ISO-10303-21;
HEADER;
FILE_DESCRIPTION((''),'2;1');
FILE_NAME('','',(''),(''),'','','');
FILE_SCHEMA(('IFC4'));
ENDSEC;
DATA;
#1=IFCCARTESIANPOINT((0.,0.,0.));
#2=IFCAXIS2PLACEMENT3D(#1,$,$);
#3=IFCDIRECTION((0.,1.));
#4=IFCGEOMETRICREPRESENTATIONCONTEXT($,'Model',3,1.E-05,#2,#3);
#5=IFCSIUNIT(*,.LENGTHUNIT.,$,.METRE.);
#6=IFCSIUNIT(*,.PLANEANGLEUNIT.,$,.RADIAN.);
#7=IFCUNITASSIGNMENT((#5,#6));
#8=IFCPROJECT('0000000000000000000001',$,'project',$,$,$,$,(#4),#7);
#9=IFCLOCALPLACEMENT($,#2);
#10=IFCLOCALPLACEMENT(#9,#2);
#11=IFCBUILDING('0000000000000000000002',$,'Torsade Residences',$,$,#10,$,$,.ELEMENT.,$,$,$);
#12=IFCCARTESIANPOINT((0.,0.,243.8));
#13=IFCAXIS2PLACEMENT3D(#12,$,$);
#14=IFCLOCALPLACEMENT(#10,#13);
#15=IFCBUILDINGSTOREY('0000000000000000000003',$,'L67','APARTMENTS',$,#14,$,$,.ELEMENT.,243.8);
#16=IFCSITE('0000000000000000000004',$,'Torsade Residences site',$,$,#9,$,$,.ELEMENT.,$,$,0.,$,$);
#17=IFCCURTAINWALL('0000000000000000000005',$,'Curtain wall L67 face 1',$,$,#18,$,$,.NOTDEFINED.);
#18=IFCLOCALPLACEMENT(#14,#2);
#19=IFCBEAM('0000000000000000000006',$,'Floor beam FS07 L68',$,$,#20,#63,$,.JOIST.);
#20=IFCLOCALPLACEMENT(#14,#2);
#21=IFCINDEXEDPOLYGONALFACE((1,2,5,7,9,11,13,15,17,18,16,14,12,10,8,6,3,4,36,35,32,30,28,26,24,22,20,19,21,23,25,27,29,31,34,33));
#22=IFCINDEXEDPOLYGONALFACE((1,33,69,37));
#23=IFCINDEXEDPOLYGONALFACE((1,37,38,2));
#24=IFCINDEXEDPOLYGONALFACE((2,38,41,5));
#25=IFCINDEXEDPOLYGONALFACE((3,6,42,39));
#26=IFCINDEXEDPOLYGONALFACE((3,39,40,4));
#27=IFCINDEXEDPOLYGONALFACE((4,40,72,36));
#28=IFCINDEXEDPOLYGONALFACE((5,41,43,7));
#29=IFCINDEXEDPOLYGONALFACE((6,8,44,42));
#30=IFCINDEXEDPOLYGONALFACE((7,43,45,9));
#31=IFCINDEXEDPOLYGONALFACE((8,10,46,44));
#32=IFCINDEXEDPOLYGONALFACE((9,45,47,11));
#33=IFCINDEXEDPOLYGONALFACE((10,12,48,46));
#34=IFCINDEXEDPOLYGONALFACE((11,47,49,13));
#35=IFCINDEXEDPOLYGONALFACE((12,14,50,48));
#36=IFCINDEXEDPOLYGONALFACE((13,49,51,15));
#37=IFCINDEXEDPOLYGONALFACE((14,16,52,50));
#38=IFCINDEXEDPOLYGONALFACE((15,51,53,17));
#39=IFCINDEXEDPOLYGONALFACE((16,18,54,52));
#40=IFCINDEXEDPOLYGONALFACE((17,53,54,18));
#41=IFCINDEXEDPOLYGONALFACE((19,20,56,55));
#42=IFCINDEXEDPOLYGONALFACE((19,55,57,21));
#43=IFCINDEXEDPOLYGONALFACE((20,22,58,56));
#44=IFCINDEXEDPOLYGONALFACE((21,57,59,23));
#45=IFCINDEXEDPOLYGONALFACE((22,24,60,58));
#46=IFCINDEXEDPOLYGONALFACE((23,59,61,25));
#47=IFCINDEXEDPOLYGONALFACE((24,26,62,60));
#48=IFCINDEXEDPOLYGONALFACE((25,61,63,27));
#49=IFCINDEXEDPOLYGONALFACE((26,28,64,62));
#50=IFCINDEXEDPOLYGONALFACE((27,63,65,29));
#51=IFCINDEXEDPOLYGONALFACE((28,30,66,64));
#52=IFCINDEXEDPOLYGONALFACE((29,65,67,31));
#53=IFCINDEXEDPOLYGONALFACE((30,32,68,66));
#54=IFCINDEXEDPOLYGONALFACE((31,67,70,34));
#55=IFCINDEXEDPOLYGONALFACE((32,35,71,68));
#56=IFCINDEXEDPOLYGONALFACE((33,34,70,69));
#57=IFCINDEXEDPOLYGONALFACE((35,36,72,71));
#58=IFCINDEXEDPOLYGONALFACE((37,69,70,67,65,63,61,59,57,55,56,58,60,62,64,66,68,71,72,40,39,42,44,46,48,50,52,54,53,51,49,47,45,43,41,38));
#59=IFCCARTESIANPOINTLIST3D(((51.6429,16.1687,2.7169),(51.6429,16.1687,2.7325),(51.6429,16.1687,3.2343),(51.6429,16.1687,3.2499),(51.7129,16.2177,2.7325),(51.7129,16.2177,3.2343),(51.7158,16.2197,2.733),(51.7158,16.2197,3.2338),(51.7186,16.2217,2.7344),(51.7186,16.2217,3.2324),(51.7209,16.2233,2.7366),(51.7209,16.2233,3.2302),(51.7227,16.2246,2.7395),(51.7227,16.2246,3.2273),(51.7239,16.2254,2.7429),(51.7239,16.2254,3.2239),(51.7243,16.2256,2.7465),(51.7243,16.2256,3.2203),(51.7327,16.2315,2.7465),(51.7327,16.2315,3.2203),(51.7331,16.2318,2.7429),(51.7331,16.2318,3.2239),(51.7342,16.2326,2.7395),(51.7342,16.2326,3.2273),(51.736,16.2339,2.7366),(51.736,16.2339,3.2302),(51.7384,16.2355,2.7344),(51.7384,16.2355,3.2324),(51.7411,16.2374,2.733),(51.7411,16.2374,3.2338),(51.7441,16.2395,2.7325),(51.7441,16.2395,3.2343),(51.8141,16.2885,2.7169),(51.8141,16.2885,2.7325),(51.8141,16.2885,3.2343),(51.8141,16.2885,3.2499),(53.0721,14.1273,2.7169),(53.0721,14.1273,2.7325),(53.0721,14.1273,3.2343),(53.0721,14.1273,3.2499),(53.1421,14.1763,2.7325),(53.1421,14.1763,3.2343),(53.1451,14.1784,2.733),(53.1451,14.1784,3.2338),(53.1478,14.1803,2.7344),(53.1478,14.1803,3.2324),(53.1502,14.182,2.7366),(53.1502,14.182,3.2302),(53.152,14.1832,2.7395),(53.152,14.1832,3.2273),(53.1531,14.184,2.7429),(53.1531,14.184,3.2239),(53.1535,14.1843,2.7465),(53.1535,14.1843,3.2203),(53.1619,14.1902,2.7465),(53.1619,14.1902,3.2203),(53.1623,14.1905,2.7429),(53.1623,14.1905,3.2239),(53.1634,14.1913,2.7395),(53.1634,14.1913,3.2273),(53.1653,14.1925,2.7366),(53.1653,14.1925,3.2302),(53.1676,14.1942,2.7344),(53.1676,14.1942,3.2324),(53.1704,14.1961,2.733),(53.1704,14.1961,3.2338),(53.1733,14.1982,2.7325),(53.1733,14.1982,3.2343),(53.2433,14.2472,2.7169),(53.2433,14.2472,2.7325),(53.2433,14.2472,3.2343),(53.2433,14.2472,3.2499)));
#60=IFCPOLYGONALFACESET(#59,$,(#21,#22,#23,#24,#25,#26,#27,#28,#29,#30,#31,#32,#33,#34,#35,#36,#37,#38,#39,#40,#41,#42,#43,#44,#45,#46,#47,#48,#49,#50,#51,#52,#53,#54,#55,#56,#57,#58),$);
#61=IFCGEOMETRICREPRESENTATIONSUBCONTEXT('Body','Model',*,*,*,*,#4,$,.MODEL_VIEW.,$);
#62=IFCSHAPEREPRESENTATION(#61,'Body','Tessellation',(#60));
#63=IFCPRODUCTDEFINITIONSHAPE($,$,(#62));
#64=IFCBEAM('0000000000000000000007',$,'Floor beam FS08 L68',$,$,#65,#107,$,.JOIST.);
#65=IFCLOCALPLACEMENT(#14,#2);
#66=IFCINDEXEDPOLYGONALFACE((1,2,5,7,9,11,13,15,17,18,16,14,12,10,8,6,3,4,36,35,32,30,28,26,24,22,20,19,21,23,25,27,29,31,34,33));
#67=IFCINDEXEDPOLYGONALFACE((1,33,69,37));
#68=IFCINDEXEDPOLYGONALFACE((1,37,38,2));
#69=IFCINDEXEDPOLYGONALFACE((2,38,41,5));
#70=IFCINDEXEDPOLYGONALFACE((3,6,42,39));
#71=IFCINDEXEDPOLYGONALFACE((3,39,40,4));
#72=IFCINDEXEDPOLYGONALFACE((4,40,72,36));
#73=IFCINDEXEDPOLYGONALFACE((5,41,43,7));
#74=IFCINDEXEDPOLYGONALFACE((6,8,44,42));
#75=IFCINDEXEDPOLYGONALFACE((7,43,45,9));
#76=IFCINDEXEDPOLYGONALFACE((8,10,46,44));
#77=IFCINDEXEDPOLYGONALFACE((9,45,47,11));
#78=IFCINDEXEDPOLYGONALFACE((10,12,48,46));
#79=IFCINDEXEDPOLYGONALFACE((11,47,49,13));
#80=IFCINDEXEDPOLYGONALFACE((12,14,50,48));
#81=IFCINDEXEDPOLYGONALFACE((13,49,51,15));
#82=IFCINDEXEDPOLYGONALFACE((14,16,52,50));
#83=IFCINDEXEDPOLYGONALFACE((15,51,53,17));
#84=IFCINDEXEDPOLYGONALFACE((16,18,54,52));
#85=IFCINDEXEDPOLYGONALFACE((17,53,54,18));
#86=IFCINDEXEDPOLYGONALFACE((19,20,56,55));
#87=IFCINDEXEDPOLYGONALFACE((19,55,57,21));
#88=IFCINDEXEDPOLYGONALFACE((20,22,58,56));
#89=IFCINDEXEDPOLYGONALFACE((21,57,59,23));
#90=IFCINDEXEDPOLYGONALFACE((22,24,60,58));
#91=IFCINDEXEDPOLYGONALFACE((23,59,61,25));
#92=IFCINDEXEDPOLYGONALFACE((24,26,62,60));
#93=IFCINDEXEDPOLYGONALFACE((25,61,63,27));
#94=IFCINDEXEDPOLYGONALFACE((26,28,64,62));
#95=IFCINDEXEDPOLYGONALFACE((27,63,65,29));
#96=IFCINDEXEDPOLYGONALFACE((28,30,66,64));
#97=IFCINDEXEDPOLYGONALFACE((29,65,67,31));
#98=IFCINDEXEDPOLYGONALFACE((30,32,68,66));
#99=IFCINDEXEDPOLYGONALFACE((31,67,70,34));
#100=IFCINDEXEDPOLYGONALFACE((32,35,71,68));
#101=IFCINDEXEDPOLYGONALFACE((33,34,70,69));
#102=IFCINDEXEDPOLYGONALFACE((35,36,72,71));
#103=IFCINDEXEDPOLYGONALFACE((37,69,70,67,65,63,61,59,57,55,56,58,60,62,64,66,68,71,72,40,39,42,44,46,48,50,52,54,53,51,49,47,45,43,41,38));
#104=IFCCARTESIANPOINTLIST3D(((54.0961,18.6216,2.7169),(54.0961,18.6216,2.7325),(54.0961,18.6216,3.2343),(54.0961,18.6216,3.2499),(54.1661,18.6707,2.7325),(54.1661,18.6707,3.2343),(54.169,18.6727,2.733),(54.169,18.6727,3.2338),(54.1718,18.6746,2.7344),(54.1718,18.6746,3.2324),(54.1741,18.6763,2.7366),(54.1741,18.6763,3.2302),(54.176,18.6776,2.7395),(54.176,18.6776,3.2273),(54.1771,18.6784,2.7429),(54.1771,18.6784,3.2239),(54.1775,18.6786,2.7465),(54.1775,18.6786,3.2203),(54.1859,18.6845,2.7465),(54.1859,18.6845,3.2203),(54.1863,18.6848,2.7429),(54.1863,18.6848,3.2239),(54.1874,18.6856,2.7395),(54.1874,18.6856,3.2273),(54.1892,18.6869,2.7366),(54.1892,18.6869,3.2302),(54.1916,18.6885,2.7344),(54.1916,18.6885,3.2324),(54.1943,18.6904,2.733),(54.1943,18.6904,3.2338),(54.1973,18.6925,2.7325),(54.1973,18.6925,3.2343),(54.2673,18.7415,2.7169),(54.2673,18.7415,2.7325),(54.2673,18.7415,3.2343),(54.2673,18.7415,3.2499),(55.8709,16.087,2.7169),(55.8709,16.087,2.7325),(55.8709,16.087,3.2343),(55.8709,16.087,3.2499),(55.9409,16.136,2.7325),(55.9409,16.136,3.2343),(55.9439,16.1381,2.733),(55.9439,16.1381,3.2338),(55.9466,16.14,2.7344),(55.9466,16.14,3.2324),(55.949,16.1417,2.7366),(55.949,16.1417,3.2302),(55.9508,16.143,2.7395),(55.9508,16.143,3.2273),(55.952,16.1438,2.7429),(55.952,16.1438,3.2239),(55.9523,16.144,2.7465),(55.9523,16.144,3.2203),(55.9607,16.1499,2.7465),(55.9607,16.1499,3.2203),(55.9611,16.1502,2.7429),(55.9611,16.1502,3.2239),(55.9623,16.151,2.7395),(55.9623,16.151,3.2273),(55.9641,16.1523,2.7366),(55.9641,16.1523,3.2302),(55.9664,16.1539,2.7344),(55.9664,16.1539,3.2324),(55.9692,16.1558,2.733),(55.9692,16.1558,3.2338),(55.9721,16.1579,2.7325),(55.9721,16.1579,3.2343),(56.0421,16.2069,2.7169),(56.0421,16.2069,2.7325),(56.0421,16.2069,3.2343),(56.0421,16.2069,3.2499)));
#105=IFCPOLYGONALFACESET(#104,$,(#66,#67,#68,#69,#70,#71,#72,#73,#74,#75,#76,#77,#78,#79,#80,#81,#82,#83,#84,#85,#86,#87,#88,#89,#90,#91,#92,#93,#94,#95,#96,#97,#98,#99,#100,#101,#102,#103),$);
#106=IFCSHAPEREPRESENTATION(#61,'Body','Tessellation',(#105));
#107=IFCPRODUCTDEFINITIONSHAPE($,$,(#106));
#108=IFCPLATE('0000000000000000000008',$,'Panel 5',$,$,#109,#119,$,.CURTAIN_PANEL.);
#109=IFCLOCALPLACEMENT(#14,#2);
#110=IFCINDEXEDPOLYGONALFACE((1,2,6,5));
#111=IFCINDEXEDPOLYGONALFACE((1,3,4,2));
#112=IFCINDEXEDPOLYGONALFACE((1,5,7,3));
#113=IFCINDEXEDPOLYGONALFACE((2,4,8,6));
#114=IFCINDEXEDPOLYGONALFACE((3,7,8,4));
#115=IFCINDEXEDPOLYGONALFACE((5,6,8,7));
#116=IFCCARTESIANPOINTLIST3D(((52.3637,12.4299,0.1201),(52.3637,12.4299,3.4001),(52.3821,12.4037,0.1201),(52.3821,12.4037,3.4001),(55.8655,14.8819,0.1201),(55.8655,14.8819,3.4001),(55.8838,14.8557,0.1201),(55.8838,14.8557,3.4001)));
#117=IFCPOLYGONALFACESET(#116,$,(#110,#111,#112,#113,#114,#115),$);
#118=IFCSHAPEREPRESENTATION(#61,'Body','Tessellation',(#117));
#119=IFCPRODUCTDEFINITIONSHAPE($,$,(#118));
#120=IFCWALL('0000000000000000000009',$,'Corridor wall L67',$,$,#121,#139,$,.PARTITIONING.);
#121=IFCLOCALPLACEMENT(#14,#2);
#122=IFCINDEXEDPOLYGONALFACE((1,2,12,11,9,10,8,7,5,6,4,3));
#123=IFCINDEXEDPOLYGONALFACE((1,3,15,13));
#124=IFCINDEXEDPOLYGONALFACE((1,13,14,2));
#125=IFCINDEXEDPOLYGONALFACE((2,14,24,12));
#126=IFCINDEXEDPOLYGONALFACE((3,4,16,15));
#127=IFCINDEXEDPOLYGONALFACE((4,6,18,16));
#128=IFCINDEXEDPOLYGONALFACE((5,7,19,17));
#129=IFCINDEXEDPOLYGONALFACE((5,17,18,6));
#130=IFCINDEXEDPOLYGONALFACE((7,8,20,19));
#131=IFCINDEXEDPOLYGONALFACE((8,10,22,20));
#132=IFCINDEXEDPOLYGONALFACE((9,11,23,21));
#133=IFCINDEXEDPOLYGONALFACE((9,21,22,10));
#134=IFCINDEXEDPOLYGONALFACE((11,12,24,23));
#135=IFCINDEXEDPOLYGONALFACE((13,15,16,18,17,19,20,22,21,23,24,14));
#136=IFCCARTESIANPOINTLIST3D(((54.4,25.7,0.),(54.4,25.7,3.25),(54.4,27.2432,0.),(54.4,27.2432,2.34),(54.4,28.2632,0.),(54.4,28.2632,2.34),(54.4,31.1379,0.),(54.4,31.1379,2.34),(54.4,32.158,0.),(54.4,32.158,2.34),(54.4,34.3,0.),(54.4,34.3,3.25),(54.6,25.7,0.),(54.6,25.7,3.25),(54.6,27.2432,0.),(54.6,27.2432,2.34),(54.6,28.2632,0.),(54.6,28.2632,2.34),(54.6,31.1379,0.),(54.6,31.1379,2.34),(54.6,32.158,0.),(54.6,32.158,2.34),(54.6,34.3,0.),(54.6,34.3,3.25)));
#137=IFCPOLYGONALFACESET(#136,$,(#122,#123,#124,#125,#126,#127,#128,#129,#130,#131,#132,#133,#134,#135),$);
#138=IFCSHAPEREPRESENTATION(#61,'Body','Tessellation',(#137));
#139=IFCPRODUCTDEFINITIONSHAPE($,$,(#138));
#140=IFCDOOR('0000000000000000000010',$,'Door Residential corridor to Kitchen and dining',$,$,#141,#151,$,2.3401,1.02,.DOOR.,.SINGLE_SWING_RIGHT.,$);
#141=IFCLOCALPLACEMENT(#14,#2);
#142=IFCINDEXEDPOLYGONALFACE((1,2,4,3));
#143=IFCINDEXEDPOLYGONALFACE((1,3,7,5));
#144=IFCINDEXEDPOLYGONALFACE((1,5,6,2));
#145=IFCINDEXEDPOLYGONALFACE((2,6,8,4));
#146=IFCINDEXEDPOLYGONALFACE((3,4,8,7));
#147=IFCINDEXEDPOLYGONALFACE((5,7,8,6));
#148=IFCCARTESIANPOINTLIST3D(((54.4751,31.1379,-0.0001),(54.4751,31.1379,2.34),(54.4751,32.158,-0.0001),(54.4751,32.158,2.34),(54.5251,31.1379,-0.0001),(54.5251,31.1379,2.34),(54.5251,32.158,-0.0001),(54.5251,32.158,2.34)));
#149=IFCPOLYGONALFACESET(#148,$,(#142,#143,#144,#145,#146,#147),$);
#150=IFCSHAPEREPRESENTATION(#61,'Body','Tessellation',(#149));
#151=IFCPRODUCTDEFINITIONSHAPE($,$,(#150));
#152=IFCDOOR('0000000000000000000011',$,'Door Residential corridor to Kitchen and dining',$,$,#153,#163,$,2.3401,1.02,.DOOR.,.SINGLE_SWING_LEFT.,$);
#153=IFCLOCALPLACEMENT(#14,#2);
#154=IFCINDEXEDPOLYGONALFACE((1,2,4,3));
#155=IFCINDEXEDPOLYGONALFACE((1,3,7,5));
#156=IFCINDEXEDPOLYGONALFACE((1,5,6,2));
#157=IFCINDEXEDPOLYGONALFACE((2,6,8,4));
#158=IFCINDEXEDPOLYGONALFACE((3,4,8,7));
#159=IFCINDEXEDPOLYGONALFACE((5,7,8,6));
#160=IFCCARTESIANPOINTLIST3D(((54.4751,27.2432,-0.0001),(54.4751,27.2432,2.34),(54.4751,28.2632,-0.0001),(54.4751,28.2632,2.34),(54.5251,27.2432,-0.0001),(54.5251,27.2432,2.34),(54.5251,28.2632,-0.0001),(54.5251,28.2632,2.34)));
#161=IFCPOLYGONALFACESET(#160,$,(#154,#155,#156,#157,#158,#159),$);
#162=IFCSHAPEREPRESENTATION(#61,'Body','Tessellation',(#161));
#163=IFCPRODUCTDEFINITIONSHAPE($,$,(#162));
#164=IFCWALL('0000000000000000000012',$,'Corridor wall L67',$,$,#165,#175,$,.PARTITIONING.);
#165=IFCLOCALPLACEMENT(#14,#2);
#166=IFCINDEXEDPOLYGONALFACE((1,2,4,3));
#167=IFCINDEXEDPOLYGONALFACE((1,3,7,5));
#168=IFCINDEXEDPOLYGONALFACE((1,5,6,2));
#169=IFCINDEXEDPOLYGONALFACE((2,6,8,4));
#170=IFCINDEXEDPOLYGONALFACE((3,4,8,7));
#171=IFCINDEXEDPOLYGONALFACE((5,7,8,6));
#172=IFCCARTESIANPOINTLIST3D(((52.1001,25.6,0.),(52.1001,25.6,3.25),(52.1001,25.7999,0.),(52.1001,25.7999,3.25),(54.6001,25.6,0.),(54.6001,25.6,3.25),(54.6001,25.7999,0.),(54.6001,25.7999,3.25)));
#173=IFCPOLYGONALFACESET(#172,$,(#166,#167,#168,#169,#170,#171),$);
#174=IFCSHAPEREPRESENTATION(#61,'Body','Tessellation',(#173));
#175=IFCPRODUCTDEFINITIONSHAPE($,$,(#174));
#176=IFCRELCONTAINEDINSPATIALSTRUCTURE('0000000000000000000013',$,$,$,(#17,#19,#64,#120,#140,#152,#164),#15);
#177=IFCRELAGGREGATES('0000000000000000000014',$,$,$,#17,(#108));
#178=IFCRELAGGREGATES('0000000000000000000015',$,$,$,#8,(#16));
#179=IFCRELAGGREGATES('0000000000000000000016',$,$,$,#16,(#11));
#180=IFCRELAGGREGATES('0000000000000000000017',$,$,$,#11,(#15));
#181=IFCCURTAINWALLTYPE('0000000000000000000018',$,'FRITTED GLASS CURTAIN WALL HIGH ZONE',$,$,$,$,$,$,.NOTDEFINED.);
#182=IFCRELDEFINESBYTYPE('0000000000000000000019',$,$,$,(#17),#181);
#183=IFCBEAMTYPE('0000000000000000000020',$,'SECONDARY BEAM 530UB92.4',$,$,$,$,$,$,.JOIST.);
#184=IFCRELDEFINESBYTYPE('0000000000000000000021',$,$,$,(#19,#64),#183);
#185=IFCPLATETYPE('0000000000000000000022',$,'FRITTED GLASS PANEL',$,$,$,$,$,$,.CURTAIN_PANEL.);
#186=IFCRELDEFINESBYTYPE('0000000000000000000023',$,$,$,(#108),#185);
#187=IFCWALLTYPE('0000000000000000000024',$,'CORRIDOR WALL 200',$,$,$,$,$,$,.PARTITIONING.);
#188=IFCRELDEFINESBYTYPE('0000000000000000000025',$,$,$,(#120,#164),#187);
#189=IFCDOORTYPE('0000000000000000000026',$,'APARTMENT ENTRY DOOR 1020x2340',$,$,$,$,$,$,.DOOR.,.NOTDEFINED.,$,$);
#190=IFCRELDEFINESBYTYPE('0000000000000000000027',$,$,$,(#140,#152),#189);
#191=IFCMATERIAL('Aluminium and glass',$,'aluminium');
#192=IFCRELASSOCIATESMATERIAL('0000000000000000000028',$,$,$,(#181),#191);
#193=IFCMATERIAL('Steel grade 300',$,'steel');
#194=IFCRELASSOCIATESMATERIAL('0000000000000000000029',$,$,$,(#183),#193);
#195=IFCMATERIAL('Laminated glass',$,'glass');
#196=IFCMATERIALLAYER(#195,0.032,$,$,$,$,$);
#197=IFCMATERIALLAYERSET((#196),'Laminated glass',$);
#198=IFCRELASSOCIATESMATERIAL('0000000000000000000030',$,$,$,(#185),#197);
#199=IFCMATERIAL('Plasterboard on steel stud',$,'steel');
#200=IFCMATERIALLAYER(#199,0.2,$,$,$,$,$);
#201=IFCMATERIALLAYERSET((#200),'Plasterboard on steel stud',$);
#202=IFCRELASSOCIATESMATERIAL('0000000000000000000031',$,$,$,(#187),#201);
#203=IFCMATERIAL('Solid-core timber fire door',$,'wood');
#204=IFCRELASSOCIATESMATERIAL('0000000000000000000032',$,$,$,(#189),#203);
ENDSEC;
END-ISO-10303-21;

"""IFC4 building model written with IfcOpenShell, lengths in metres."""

from ifc_helpers import new_model, si_unit, direction, frame, frame_2d, origin, origin_2d, place, context, subcontext, project, spatial, rectangle, i_section, extrude, material, layer, layer_set, material_profile, profile_set, type_object, element, fill, aggregate, save


model = new_model("IFC4")

# Units and contexts
model_context = context("Model", 3, precision=1e-05, world=origin(), true_north=direction((0.0, 1.0)))
body_context = subcontext(model_context, "Body", "Model", "MODEL_VIEW")
ifc_project = project(units=[si_unit("LENGTHUNIT", "METRE"), si_unit("PLANEANGLEUNIT", "RADIAN")], contexts=[model_context])

# Site, building, storey
site_placement = place(None, origin())
site = spatial("IfcSite", under=ifc_project, at=site_placement, Name="Torsade Residences site", CompositionType="ELEMENT", RefElevation=0.0)
building_placement = place(site_placement, origin())
building = spatial("IfcBuilding", under=site, at=building_placement, Name="Torsade Residences", CompositionType="ELEMENT")
storey_placement = place(building_placement, frame((0.0, 0.0, 243.8)))
storey = spatial("IfcBuildingStorey", under=building, at=storey_placement, Name="L67", Description="APARTMENTS", CompositionType="ELEMENT", Elevation=243.8)

# Curtain wall
ifc_material_1 = material(Name="Aluminium and glass", Category="aluminium")
curtain_wall_type = type_object("IfcCurtainWallType", Name="FRITTED GLASS CURTAIN WALL HIGH ZONE", PredefinedType="NOTDEFINED", material=ifc_material_1)
curtain_wall_placement = place(storey_placement, origin())
curtain_wall = element("IfcCurtainWall", 1, at=curtain_wall_placement, inside=storey, type_object=curtain_wall_type, Name="Curtain wall L67 face 1", PredefinedType="NOTDEFINED")

# Beams
ifc_material_2 = material(Name="Steel grade 300", Category="steel")
ifc_material_profile_1 = material_profile(ifc_material_2, i_section(OverallWidth=0.209, OverallDepth=0.533, WebThickness=0.0103, FlangeThickness=0.0156, FilletRadius=0.0139, at=origin_2d()), Name="530UB92.4")
ifc_profile_set_1 = profile_set([ifc_material_profile_1], Name="Steel grade 300")
beam_type_1 = type_object("IfcBeamType", Name="SECONDARY BEAM 530UB92.4", PredefinedType="JOIST", material=ifc_profile_set_1)
beam_1_placement = place(storey_placement, frame((53.1577, 14.1873, 2.9834), z_axis=(-0.573548, 0.819172, 0.0), x_axis=(-0.819172, -0.573548, 0.0)))
element("IfcBeam", 2, at=beam_1_placement, inside=storey, type_object=beam_type_1, Name="Floor beam FS07 L68", PredefinedType="JOIST", context=body_context, shape_type="SweptSolid", body=[
    extrude(i_section(OverallWidth=0.209, OverallDepth=0.533, WebThickness=0.0103, FlangeThickness=0.0156, FilletRadius=0.0139, at=origin_2d()), origin(), (0.0, 0.0, 1.0), 2.4919),
])
beam_2_placement = place(storey_placement, frame((55.9565, 16.147, 2.9834), z_axis=(-0.5736, 0.819136, 0.0), x_axis=(-0.819136, -0.5736, 0.0)))
element("IfcBeam", 3, at=beam_2_placement, inside=storey, type_object=beam_type_1, Name="Floor beam FS08 L68", PredefinedType="JOIST", context=body_context, shape_type="SweptSolid", body=[
    extrude(i_section(OverallWidth=0.209, OverallDepth=0.533, WebThickness=0.0103, FlangeThickness=0.0156, FilletRadius=0.0139, at=origin_2d()), origin(), (0.0, 0.0, 1.0), 3.0942),
])

# Plate
ifc_material_3 = material(Name="Laminated glass", Category="glass")
ifc_layer_1 = layer(ifc_material_3, 0.032)
ifc_layer_set_1 = layer_set([ifc_layer_1], Name="Laminated glass")
plate_type = type_object("IfcPlateType", Name="FRITTED GLASS PANEL", PredefinedType="CURTAIN_PANEL", material=ifc_layer_set_1)
plate_placement = place(storey_placement, frame((54.1238, 13.6428, 0.1201), z_axis=(0.0, 0.0, 1.0), x_axis=(0.819152, 0.573576, 0.0)))
plate = element("IfcPlate", 4, at=plate_placement, type_object=plate_type, Name="Panel 5", PredefinedType="CURTAIN_PANEL", context=body_context, shape_type="SweptSolid", body=[
    extrude(rectangle(XDim=4.2749, YDim=0.032, at=origin_2d()), origin(), (0.0, 0.0, 1.0), 3.28),
])
aggregate(curtain_wall, [plate])

# Wall, openings, doors
ifc_material_4 = material(Name="Plasterboard on steel stud", Category="steel")
ifc_layer_2 = layer(ifc_material_4, 0.2)
ifc_layer_set_2 = layer_set([ifc_layer_2], Name="Plasterboard on steel stud")
wall_type_1 = type_object("IfcWallType", Name="CORRIDOR WALL 200", PredefinedType="PARTITIONING", material=ifc_layer_set_2)
wall_1_placement = place(storey_placement, frame((54.5, 25.7, 0.0), z_axis=(0.0, 0.0, 1.0), x_axis=(0.0, 1.0, 0.0)))
wall_1 = element("IfcWall", 5, at=wall_1_placement, inside=storey, type_object=wall_type_1, Name="Corridor wall L67", PredefinedType="PARTITIONING", context=body_context, shape_type="SweptSolid", body=[
    extrude(rectangle(XDim=8.6001, YDim=0.2, at=frame_2d((4.3, 0.0))), origin(), (0.0, 0.0, 1.0), 3.25),
])
opening_1_placement = place(wall_1_placement, frame((5.438, 0.0, 0.0)))
opening_1 = element("IfcOpeningElement", 6, at=opening_1_placement, cuts=wall_1, PredefinedType="OPENING", context=body_context, shape_type="SweptSolid", body=[
    extrude(rectangle(XDim=1.02, YDim=2.3401, at=frame_2d((0.51, 1.1699))), frame((0.0, 0.1099, 0.0), z_axis=(0.0, -1.0, 0.0), x_axis=(1.0, 0.0, 0.0)), (0.0, 0.0, 1.0), 0.22),
])
opening_2_placement = place(wall_1_placement, frame((1.5432, 0.0, 0.0)))
opening_2 = element("IfcOpeningElement", 7, at=opening_2_placement, cuts=wall_1, PredefinedType="OPENING", context=body_context, shape_type="SweptSolid", body=[
    extrude(rectangle(XDim=1.02, YDim=2.3401, at=frame_2d((0.51, 1.1699))), frame((0.0, 0.1099, 0.0), z_axis=(0.0, -1.0, 0.0), x_axis=(1.0, 0.0, 0.0)), (0.0, 0.0, 1.0), 0.22),
])
ifc_material_5 = material(Name="Solid-core timber fire door", Category="wood")
door_type_1 = type_object("IfcDoorType", Name="APARTMENT ENTRY DOOR 1020x2340", OperationType="NOTDEFINED", PredefinedType="DOOR", material=ifc_material_5)
door_1_placement = place(opening_1_placement, origin())
door_1 = element("IfcDoor", 8, at=door_1_placement, inside=storey, type_object=door_type_1, Name="Door Residential corridor to Kitchen and dining", OperationType="SINGLE_SWING_RIGHT", OverallHeight=2.3401, OverallWidth=1.02, PredefinedType="DOOR", context=body_context, shape_type="SweptSolid", body=[
    extrude(rectangle(XDim=1.02, YDim=2.3401, at=frame_2d((0.51, 1.1699))), frame((0.0, 0.0249, 0.0), z_axis=(0.0, -1.0, 0.0), x_axis=(1.0, 0.0, 0.0)), (0.0, 0.0, 1.0), 0.05),
])
fill(opening_1, door_1)
door_2_placement = place(opening_2_placement, origin())
door_2 = element("IfcDoor", 9, at=door_2_placement, inside=storey, type_object=door_type_1, Name="Door Residential corridor to Kitchen and dining", OperationType="SINGLE_SWING_LEFT", OverallHeight=2.3401, OverallWidth=1.02, PredefinedType="DOOR", context=body_context, shape_type="SweptSolid", body=[
    extrude(rectangle(XDim=1.02, YDim=2.3401, at=frame_2d((0.51, 1.1699))), frame((0.0, 0.0249, 0.0), z_axis=(0.0, -1.0, 0.0), x_axis=(1.0, 0.0, 0.0)), (0.0, 0.0, 1.0), 0.05),
])
fill(opening_2, door_2)

# Wall
wall_2_placement = place(storey_placement, frame((52.1001, 25.7, 0.0), z_axis=(0.0, 0.0, 1.0), x_axis=(1.0, 0.0, 0.0)))
element("IfcWall", 10, at=wall_2_placement, inside=storey, type_object=wall_type_1, Name="Corridor wall L67", PredefinedType="PARTITIONING", context=body_context, shape_type="SweptSolid", body=[
    extrude(rectangle(XDim=2.5, YDim=0.2, at=frame_2d((1.25, 0.0))), origin(), (0.0, 0.0, 1.0), 3.25),
])

save(model, "model.ifc")
